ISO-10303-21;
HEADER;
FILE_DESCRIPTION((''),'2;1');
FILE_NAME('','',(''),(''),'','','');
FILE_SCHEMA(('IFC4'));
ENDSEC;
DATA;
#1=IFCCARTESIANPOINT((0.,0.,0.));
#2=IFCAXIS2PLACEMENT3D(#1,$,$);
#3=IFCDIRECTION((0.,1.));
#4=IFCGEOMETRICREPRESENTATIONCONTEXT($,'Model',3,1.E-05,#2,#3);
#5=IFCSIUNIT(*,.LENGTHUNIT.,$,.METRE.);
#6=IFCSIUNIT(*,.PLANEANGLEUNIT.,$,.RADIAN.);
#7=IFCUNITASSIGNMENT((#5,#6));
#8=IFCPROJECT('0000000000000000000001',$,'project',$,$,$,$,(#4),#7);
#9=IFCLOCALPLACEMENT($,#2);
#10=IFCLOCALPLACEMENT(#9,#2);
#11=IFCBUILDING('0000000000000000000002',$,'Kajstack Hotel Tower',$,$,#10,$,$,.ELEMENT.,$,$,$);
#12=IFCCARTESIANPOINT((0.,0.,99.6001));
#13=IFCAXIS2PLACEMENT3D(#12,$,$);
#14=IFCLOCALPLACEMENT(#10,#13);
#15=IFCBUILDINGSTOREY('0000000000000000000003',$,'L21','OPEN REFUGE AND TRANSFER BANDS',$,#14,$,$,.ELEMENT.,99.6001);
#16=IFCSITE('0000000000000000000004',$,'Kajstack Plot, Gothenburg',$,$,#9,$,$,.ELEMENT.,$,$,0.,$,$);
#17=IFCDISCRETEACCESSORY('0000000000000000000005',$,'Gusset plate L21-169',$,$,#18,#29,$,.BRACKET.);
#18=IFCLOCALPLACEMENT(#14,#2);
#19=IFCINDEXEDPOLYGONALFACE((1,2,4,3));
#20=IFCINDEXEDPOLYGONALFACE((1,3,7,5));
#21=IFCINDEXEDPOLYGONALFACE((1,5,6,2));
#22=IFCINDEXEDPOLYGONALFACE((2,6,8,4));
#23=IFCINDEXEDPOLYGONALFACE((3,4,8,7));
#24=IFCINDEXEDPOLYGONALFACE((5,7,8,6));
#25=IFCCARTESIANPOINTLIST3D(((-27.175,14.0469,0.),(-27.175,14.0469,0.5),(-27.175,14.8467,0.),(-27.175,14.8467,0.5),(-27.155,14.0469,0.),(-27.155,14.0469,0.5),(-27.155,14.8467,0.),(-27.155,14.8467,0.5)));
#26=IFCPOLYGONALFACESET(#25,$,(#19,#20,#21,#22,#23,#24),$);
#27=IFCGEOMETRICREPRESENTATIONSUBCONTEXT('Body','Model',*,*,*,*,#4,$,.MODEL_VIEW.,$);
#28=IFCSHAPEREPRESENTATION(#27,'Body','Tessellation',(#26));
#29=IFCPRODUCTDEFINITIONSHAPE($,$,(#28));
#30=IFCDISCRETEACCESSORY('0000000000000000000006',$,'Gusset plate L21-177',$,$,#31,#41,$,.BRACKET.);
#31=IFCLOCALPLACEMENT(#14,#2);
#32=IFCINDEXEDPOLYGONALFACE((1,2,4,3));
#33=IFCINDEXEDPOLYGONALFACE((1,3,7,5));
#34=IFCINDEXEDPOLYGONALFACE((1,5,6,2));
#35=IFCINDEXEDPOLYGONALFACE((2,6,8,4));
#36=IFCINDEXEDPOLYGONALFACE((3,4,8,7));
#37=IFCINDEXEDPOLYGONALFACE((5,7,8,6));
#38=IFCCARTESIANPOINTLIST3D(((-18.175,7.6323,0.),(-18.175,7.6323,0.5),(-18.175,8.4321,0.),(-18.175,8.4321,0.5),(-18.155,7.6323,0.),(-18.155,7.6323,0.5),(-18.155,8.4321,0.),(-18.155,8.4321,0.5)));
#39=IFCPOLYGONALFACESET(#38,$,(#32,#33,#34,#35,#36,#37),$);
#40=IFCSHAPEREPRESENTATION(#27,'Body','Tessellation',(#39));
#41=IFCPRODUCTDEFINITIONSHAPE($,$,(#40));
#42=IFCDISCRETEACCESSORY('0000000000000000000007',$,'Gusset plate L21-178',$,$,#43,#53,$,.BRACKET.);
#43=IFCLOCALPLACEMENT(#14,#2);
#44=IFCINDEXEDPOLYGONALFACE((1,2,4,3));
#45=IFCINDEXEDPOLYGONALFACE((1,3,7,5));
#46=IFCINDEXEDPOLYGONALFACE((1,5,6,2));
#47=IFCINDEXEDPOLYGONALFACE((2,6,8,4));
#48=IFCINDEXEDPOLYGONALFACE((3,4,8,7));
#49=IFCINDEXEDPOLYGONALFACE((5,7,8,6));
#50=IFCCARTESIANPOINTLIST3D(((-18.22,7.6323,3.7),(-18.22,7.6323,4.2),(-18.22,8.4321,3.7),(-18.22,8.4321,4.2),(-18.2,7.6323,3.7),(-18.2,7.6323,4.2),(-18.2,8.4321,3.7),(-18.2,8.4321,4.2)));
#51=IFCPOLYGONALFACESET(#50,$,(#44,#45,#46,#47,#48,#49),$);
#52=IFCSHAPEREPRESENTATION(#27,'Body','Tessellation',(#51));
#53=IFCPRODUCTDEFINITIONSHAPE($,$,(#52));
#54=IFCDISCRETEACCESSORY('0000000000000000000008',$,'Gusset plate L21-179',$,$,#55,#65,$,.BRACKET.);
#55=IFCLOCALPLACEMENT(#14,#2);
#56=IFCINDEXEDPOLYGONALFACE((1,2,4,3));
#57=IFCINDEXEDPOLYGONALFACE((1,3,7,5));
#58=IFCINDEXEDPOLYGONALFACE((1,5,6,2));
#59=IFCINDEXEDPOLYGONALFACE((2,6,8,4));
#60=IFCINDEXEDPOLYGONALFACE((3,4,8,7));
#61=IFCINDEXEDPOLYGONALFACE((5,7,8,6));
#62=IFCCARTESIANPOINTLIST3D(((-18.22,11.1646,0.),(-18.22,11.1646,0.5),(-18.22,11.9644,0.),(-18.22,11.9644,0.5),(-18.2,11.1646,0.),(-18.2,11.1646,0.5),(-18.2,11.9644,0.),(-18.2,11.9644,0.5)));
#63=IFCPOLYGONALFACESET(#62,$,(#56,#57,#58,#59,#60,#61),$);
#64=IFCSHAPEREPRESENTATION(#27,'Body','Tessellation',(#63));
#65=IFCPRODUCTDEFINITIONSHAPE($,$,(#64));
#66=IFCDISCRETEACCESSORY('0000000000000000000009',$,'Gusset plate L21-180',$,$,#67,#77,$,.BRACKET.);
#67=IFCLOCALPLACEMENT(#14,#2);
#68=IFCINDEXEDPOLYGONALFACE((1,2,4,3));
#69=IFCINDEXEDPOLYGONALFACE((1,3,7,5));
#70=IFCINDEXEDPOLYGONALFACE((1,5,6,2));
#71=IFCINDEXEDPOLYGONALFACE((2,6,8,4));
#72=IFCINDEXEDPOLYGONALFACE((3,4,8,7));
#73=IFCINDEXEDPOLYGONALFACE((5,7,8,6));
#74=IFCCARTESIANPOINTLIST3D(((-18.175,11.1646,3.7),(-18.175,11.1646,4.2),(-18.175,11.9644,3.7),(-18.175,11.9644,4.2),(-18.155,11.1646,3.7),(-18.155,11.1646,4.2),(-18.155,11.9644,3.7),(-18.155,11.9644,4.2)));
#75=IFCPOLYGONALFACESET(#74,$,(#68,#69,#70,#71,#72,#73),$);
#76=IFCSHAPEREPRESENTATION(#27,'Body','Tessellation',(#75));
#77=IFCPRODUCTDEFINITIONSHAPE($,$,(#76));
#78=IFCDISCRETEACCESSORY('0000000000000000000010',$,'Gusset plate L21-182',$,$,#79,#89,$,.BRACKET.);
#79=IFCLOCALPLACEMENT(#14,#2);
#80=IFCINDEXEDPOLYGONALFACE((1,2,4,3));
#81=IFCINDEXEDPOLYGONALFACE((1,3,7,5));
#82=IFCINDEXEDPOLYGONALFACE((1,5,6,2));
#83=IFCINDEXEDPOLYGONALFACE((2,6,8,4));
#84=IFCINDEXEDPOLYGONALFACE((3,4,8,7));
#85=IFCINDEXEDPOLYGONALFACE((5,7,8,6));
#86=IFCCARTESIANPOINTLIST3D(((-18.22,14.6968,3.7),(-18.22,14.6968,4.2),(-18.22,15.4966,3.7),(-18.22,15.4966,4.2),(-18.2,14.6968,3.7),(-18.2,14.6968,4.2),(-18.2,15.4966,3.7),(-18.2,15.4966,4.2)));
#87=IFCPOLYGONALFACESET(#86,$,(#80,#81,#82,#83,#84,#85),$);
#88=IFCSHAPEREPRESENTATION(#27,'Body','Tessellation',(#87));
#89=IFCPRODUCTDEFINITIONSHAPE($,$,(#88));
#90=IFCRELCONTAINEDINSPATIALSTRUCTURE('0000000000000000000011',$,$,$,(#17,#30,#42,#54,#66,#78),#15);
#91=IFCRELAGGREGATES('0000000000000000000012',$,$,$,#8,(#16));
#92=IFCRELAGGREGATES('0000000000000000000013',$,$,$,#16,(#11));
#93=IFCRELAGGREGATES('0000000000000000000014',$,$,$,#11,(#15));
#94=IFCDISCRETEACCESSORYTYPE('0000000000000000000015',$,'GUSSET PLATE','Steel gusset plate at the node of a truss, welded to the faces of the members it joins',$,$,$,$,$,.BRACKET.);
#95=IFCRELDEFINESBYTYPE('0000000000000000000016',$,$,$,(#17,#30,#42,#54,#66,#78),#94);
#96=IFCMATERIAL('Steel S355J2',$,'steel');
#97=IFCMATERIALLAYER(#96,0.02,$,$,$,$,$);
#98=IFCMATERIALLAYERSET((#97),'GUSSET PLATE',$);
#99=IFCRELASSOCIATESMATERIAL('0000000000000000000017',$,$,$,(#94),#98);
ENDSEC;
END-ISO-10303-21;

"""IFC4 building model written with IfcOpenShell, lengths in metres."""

from ifc_helpers import new_model, si_unit, direction, frame, origin, place, context, subcontext, project, spatial, polyline, outline, extrude, material, layer, layer_set, type_object, element, save


model = new_model("IFC4")

# Units and contexts
model_context = context("Model", 3, precision=1e-05, world=origin(), true_north=direction((0.0, 1.0)))
body_context = subcontext(model_context, "Body", "Model", "MODEL_VIEW")
ifc_project = project(units=[si_unit("LENGTHUNIT", "METRE"), si_unit("PLANEANGLEUNIT", "RADIAN")], contexts=[model_context])

# Site, building, storey
site_placement = place(None, origin())
site = spatial("IfcSite", under=ifc_project, at=site_placement, Name="Kajstack Plot, Gothenburg", CompositionType="ELEMENT", RefElevation=0.0)
building_placement = place(site_placement, origin())
building = spatial("IfcBuilding", under=site, at=building_placement, Name="Kajstack Hotel Tower", CompositionType="ELEMENT")
storey_placement = place(building_placement, frame((0.0, 0.0, 99.6001)))
storey = spatial("IfcBuildingStorey", under=building, at=storey_placement, Name="L21", Description="OPEN REFUGE AND TRANSFER BANDS", CompositionType="ELEMENT", Elevation=99.6001)

# Shared definitions
ifc_material = material(Name="Steel S355J2", Category="steel")

# Discrete accessories
ifc_layer = layer(ifc_material, 0.02)
ifc_layer_set = layer_set([ifc_layer], Name="GUSSET PLATE")
discrete_accessory_type = type_object("IfcDiscreteAccessoryType", Name="GUSSET PLATE", Description="Steel gusset plate at the node of a truss, welded to the faces of the members it joins", PredefinedType="BRACKET", material=ifc_layer_set)
for number, where, z_axis, x_axis, name in (
    (1, (-27.175, 14.4468, 0.0), (1.0, 0.0, 0.0), (0.0, 1.0, 0.0), "Gusset plate L21-169"),
    (2, (-18.175, 8.0322, 0.0), (1.0, 0.0, 0.0), (0.0, 1.0, 0.0), "Gusset plate L21-177"),
    (3, (-18.22, 8.0322, 3.7), (1.0, 0.0, 0.0), (0.0, 1.0, 0.0), "Gusset plate L21-178"),
    (4, (-18.22, 11.5645, 0.0), (1.0, 0.0, 0.0), (0.0, 1.0, 0.0), "Gusset plate L21-179"),
    (5, (-18.175, 11.5645, 3.7), (1.0, 0.0, 0.0), (0.0, 1.0, 0.0), "Gusset plate L21-180"),
    (6, (-18.22, 15.0967, 3.7), (1.0, 0.0, 0.0), (0.0, 1.0, 0.0), "Gusset plate L21-182"),
):
    element("IfcDiscreteAccessory", number, at=place(storey_placement, frame(where, z_axis=z_axis, x_axis=x_axis)), inside=storey, type_object=discrete_accessory_type, Name=name, PredefinedType="BRACKET", context=body_context, shape_type="SweptSolid", body=[
        extrude(outline(polyline([(-0.3999, 0.0), (0.3999, 0.0), (0.3999, 0.5), (-0.3999, 0.5), (-0.3999, 0.0)])), origin(), (0.0, 0.0, 1.0), 0.02),
    ])

save(model, "model.ifc")
